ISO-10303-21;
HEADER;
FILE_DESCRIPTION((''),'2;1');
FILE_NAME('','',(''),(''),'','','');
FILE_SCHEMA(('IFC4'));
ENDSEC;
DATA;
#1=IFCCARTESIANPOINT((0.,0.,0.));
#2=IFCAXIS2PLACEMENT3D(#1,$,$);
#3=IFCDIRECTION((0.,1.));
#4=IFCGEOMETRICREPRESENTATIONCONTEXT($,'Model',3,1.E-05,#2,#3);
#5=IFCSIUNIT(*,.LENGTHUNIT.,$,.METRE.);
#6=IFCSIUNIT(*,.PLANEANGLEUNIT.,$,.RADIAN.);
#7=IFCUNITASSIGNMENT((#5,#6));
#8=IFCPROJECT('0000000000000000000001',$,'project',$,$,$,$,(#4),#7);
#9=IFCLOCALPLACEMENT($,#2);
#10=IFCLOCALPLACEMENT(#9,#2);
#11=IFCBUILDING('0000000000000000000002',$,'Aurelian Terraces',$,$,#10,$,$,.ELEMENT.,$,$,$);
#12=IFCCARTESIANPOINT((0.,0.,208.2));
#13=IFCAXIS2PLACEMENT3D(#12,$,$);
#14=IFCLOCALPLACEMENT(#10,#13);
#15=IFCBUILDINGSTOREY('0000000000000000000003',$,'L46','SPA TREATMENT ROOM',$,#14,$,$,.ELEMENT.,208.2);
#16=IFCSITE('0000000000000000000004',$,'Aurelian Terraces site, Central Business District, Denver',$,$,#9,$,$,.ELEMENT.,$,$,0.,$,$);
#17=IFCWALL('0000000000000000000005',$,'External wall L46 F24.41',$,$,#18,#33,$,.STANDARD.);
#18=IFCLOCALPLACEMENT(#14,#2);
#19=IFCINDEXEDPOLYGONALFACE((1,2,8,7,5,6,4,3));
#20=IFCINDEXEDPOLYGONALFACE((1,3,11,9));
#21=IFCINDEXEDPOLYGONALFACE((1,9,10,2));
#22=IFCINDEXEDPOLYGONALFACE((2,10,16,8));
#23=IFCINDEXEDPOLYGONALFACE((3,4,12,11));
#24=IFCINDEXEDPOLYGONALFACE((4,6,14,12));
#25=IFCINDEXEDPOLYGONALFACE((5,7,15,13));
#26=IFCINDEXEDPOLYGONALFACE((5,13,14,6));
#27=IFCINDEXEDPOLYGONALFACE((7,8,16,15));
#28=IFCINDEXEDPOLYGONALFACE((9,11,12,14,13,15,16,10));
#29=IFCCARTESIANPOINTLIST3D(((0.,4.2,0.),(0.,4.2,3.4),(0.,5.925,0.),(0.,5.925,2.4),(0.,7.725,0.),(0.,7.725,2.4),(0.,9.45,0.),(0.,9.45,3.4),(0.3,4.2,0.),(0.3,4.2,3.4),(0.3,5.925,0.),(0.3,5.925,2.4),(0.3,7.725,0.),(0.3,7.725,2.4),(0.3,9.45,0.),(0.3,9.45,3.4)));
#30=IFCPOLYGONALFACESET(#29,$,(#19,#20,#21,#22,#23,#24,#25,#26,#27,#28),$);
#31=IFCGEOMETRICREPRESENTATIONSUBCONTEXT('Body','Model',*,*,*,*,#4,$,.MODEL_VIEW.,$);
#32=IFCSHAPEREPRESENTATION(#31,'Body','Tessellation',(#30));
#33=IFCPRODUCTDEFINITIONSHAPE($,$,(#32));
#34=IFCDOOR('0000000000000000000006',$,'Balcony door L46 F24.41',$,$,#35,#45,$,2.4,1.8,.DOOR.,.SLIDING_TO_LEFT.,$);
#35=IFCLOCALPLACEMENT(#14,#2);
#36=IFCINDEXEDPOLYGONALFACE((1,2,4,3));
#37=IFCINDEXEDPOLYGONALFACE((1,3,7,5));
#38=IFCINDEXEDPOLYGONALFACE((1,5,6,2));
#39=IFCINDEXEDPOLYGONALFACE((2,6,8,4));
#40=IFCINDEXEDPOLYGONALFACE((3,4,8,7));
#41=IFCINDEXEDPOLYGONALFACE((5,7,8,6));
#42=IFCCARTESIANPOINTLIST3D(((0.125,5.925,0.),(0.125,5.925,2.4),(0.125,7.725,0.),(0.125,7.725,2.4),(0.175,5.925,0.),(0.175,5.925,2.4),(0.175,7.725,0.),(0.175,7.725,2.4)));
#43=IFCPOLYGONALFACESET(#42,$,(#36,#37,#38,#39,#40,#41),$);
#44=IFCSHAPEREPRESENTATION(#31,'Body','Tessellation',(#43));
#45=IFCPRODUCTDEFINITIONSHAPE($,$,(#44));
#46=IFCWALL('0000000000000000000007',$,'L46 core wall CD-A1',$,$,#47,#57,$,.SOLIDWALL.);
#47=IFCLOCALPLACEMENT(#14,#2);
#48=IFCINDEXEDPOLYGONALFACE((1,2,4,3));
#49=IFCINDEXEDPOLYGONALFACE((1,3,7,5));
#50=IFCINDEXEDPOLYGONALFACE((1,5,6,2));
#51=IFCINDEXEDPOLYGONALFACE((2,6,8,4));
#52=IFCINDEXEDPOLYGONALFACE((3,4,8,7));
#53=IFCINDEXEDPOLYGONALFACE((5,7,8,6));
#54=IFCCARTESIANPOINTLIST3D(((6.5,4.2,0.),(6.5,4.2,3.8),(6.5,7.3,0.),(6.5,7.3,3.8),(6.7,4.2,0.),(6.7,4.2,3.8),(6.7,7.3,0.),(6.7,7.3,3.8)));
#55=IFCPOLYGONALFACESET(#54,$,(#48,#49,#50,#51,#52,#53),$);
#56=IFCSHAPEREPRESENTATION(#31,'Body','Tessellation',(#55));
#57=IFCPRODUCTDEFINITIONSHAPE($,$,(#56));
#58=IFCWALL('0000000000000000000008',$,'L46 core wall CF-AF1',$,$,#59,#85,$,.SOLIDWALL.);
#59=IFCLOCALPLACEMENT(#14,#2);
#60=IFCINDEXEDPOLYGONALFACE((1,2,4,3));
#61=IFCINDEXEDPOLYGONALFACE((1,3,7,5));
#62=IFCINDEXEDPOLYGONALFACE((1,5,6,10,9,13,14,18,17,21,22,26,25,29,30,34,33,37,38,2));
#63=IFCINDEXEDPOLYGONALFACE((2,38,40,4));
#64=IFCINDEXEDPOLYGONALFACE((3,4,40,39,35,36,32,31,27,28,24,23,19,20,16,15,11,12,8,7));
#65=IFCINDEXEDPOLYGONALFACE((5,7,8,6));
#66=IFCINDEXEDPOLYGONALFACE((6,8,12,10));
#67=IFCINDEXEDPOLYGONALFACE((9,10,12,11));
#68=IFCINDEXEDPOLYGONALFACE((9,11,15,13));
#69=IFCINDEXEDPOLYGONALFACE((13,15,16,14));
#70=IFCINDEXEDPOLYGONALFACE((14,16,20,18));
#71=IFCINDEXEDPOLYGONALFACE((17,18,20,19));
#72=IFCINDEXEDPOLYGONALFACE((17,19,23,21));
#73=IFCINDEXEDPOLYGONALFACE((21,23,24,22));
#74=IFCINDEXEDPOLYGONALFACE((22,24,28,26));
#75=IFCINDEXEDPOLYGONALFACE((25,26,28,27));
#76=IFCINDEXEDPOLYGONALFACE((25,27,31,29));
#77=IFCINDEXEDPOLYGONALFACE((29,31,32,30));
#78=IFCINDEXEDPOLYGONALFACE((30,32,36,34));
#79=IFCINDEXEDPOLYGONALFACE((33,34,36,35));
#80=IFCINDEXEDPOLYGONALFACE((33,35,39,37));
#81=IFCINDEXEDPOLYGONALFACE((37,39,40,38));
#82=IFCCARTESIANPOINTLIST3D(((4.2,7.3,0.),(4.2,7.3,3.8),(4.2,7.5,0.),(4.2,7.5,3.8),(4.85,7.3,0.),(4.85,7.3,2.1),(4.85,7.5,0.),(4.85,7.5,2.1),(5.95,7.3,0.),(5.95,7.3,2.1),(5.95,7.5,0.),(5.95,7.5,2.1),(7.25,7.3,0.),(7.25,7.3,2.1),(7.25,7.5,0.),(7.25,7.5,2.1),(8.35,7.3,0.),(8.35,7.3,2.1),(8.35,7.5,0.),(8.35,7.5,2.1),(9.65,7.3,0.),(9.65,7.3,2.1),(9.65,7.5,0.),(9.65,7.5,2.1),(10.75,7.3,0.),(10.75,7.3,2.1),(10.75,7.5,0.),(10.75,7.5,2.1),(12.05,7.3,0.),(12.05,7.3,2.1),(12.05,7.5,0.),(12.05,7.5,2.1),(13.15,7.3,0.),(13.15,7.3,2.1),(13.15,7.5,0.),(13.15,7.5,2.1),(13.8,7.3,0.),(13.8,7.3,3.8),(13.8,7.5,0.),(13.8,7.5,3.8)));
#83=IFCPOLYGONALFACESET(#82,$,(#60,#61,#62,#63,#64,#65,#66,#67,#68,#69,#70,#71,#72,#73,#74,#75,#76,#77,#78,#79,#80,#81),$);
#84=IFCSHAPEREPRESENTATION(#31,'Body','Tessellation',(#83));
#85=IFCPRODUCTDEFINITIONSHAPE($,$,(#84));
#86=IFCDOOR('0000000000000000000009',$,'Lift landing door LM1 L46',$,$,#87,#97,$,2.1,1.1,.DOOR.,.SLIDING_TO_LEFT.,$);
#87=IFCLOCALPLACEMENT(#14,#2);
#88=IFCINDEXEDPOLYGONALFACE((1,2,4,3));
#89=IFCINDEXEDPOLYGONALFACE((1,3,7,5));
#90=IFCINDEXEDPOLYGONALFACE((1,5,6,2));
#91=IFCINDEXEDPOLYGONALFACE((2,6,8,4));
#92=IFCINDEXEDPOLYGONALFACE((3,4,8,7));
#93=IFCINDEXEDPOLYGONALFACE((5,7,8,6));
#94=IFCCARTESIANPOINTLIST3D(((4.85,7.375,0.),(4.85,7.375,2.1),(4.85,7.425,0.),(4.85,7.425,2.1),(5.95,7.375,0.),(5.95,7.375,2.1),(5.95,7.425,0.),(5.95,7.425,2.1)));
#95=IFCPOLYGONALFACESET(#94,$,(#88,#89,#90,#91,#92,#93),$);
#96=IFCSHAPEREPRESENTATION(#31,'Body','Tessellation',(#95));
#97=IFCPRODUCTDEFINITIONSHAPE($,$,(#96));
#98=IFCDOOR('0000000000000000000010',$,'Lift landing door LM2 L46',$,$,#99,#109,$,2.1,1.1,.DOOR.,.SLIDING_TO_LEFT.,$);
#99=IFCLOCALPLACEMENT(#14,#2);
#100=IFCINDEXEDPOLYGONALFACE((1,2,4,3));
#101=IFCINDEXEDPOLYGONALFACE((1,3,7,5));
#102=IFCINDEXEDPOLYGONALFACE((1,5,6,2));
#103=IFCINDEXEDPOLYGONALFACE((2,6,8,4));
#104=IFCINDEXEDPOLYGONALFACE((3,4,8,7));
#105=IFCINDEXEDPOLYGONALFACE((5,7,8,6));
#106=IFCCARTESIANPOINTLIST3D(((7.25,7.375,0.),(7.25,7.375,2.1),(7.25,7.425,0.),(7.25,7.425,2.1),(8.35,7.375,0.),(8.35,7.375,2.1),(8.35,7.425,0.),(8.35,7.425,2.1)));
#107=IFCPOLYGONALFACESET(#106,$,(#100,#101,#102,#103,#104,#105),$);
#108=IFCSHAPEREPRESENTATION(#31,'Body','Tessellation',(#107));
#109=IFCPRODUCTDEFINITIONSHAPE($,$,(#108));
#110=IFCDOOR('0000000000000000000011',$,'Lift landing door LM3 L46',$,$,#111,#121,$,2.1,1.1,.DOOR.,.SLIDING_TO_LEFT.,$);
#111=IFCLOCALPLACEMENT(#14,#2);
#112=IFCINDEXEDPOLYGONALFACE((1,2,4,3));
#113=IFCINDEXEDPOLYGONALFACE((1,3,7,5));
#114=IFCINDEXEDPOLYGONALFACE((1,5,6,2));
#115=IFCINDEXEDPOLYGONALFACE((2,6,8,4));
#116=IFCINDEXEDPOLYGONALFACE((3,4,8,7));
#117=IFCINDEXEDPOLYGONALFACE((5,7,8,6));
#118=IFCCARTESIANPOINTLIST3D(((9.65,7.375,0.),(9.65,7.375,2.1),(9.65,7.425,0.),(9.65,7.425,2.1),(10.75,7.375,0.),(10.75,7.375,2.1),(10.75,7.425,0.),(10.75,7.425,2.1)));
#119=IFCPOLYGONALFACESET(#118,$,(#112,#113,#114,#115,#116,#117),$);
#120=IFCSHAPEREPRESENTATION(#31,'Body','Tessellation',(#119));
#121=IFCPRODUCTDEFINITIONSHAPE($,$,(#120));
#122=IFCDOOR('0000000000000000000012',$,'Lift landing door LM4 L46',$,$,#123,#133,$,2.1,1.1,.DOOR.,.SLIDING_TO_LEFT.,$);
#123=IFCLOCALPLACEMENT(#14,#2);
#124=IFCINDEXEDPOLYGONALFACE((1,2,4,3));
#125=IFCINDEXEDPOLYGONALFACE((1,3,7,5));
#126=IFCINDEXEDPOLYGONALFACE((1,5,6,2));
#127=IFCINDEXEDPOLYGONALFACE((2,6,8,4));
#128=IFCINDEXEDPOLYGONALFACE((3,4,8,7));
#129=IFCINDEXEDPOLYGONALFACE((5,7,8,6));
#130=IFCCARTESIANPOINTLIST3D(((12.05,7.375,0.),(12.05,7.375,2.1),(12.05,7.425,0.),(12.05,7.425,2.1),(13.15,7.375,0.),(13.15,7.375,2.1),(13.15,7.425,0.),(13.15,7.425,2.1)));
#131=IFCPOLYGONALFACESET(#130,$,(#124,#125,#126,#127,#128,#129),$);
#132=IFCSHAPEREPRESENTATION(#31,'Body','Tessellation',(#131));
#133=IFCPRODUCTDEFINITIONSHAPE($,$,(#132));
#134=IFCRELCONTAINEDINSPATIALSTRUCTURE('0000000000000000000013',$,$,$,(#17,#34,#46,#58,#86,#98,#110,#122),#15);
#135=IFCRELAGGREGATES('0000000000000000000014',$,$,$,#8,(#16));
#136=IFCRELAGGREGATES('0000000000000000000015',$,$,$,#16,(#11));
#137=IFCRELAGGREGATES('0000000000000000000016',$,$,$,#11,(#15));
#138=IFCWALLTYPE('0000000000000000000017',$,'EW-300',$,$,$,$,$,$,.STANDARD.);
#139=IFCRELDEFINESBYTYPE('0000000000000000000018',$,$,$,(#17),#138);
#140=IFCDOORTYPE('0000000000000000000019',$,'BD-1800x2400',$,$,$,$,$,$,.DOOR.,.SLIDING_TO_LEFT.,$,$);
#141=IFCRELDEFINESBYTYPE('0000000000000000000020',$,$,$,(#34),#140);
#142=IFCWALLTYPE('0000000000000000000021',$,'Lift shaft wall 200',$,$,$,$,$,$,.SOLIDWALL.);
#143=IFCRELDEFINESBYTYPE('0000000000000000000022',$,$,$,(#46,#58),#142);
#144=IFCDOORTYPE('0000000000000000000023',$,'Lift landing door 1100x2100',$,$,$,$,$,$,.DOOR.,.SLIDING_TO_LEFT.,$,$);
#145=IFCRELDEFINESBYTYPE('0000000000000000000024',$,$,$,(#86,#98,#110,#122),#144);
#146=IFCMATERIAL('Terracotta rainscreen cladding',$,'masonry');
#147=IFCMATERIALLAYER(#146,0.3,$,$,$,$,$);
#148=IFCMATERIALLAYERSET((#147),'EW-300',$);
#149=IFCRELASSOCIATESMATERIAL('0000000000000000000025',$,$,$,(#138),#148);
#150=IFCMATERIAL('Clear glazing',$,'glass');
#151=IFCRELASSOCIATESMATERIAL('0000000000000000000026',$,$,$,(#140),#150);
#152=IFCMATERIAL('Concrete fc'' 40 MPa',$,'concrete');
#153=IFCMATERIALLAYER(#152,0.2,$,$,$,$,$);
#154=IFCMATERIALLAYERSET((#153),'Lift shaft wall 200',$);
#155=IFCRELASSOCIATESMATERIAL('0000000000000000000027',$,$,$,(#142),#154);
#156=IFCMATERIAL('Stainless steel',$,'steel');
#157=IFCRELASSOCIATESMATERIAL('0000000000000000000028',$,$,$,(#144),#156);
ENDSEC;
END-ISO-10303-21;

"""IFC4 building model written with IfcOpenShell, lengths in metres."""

from ifc_helpers import new_model, si_unit, direction, frame, frame_2d, origin, place, context, subcontext, project, spatial, rectangle, extrude, source, transform, mapped, material, layer, layer_set, type_object, element, fill, save


model = new_model("IFC4")

# Units and contexts
model_context = context("Model", 3, precision=1e-05, world=origin(), true_north=direction((0.0, 1.0)))
body_context = subcontext(model_context, "Body", "Model", "MODEL_VIEW")
ifc_project = project(units=[si_unit("LENGTHUNIT", "METRE"), si_unit("PLANEANGLEUNIT", "RADIAN")], contexts=[model_context])

# Site, building, storey
site_placement = place(None, origin())
site = spatial("IfcSite", under=ifc_project, at=site_placement, Name="Aurelian Terraces site, Central Business District, Denver", CompositionType="ELEMENT", RefElevation=0.0)
building_placement = place(site_placement, origin())
building = spatial("IfcBuilding", under=site, at=building_placement, Name="Aurelian Terraces", CompositionType="ELEMENT")
storey_placement = place(building_placement, frame((0.0, 0.0, 208.2)))
storey = spatial("IfcBuildingStorey", under=building, at=storey_placement, Name="L46", Description="SPA TREATMENT ROOM", CompositionType="ELEMENT", Elevation=208.2)

# Shared definitions
ifc_material_1 = material(Name="Terracotta rainscreen cladding", Category="masonry")
ifc_layer_1 = layer(ifc_material_1, 0.3)
ifc_layer_set_1 = layer_set([ifc_layer_1], Name="EW-300")
wall_type_1 = type_object("IfcWallType", Name="EW-300", PredefinedType="STANDARD", material=ifc_layer_set_1)
ifc_material_2 = material(Name="Clear glazing", Category="glass")

# Wall, opening, door
shared_shape_1 = source(origin(), body_context, "Body", "SweptSolid", [
    extrude(rectangle(XDim=5.25, YDim=0.3, at=frame_2d((2.625, 0.0))), origin(), (0.0, 0.0, 1.0), 3.4),
])
wall_1_placement = place(storey_placement, frame((0.15, 9.45, 0.0), z_axis=(0.0, 0.0, 1.0), x_axis=(0.0, -1.0, 0.0)))
wall_1 = element("IfcWall", 1, at=wall_1_placement, inside=storey, type_object=wall_type_1, Name="External wall L46 F24.41", PredefinedType="STANDARD", context=body_context, shape_type="MappedRepresentation", body=[
    mapped(shared_shape_1, transform((0.0, 0.0, 0.0), scale=1.0)),
])
shared_shape_2 = source(origin(), body_context, "Body", "SweptSolid", [
    extrude(rectangle(XDim=1.8, YDim=2.4, at=frame_2d((0.9, 1.2))), frame((0.0, 0.16, 0.0), z_axis=(0.0, -1.0, 0.0), x_axis=(1.0, 0.0, 0.0)), (0.0, 0.0, 1.0), 0.32),
])
opening_1_placement = place(wall_1_placement, frame((1.725, 0.0, 0.0)))
opening_1 = element("IfcOpeningElement", 2, at=opening_1_placement, cuts=wall_1, PredefinedType="OPENING", context=body_context, shape_type="MappedRepresentation", body=[
    mapped(shared_shape_2, transform((0.0, 0.0, 0.0), scale=1.0)),
])
door_type_1 = type_object("IfcDoorType", Name="BD-1800x2400", OperationType="SLIDING_TO_LEFT", PredefinedType="DOOR", material=ifc_material_2)
shared_shape_3 = source(origin(), body_context, "Body", "SweptSolid", [
    extrude(rectangle(XDim=1.8, YDim=2.4, at=frame_2d((0.9, 1.2))), frame((0.0, 0.025, 0.0), z_axis=(0.0, -1.0, 0.0), x_axis=(1.0, 0.0, 0.0)), (0.0, 0.0, 1.0), 0.05),
])
door_1_placement = place(opening_1_placement, origin())
door_1 = element("IfcDoor", 3, at=door_1_placement, inside=storey, type_object=door_type_1, Name="Balcony door L46 F24.41", OperationType="SLIDING_TO_LEFT", OverallHeight=2.4, OverallWidth=1.8, PredefinedType="DOOR", context=body_context, shape_type="MappedRepresentation", body=[
    mapped(shared_shape_3, transform((0.0, 0.0, 0.0), scale=1.0)),
])
fill(opening_1, door_1)

# Wall
ifc_material_3 = material(Name="Concrete fc' 40 MPa", Category="concrete")
ifc_layer_2 = layer(ifc_material_3, 0.2)
ifc_layer_set_2 = layer_set([ifc_layer_2], Name="Lift shaft wall 200")
wall_type_2 = type_object("IfcWallType", Name="Lift shaft wall 200", PredefinedType="SOLIDWALL", material=ifc_layer_set_2)
shared_shape_4 = source(origin(), body_context, "Body", "SweptSolid", [
    extrude(rectangle(XDim=3.1, YDim=0.2, at=frame_2d((1.55, 0.0))), origin(), (0.0, 0.0, 1.0), 3.8),
])
wall_2_placement = place(storey_placement, frame((6.6, 4.2, 0.0), z_axis=(0.0, 0.0, 1.0), x_axis=(0.0, 1.0, 0.0)))
element("IfcWall", 4, at=wall_2_placement, inside=storey, type_object=wall_type_2, Name="L46 core wall CD-A1", PredefinedType="SOLIDWALL", context=body_context, shape_type="MappedRepresentation", body=[
    mapped(shared_shape_4, transform((0.0, 0.0, 0.0), scale=1.0)),
])

# Wall, openings, doors
shared_shape_5 = source(origin(), body_context, "Body", "SweptSolid", [
    extrude(rectangle(XDim=9.6, YDim=0.2, at=frame_2d((4.8, 0.0))), origin(), (0.0, 0.0, 1.0), 3.8),
])
wall_3_placement = place(storey_placement, frame((4.2, 7.4, 0.0), z_axis=(0.0, 0.0, 1.0), x_axis=(1.0, 0.0, 0.0)))
wall_3 = element("IfcWall", 5, at=wall_3_placement, inside=storey, type_object=wall_type_2, Name="L46 core wall CF-AF1", PredefinedType="SOLIDWALL", context=body_context, shape_type="MappedRepresentation", body=[
    mapped(shared_shape_5, transform((0.0, 0.0, 0.0), scale=1.0)),
])
shared_shape_6 = source(origin(), body_context, "Body", "SweptSolid", [
    extrude(rectangle(XDim=1.1, YDim=2.1, at=frame_2d((0.55, 1.05))), frame((0.0, 0.11, 0.0), z_axis=(0.0, -1.0, 0.0), x_axis=(1.0, 0.0, 0.0)), (0.0, 0.0, 1.0), 0.22),
])
opening_2_placement = place(wall_3_placement, frame((0.65, 0.0, 0.0)))
opening_2 = element("IfcOpeningElement", 6, at=opening_2_placement, cuts=wall_3, PredefinedType="OPENING", context=body_context, shape_type="MappedRepresentation", body=[
    mapped(shared_shape_6, transform((0.0, 0.0, 0.0), scale=1.0)),
])
opening_3_placement = place(wall_3_placement, frame((3.05, 0.0, 0.0)))
opening_3 = element("IfcOpeningElement", 7, at=opening_3_placement, cuts=wall_3, PredefinedType="OPENING", context=body_context, shape_type="MappedRepresentation", body=[
    mapped(shared_shape_6, transform((0.0, 0.0, 0.0), scale=1.0)),
])
opening_4_placement = place(wall_3_placement, frame((5.45, 0.0, 0.0)))
opening_4 = element("IfcOpeningElement", 8, at=opening_4_placement, cuts=wall_3, PredefinedType="OPENING", context=body_context, shape_type="MappedRepresentation", body=[
    mapped(shared_shape_6, transform((0.0, 0.0, 0.0), scale=1.0)),
])
opening_5_placement = place(wall_3_placement, frame((7.85, 0.0, 0.0)))
opening_5 = element("IfcOpeningElement", 9, at=opening_5_placement, cuts=wall_3, PredefinedType="OPENING", context=body_context, shape_type="MappedRepresentation", body=[
    mapped(shared_shape_6, transform((0.0, 0.0, 0.0), scale=1.0)),
])
ifc_material_4 = material(Name="Stainless steel", Category="steel")
door_type_2 = type_object("IfcDoorType", Name="Lift landing door 1100x2100", OperationType="SLIDING_TO_LEFT", PredefinedType="DOOR", material=ifc_material_4)
shared_shape_7 = source(origin(), body_context, "Body", "SweptSolid", [
    extrude(rectangle(XDim=1.1, YDim=2.1, at=frame_2d((0.55, 1.05))), frame((0.0, 0.025, 0.0), z_axis=(0.0, -1.0, 0.0), x_axis=(1.0, 0.0, 0.0)), (0.0, 0.0, 1.0), 0.05),
])
door_2_placement = place(opening_2_placement, origin())
door_2 = element("IfcDoor", 10, at=door_2_placement, inside=storey, type_object=door_type_2, Name="Lift landing door LM1 L46", OperationType="SLIDING_TO_LEFT", OverallHeight=2.1, OverallWidth=1.1, PredefinedType="DOOR", context=body_context, shape_type="MappedRepresentation", body=[
    mapped(shared_shape_7, transform((0.0, 0.0, 0.0), scale=1.0)),
])
fill(opening_2, door_2)
door_3_placement = place(opening_3_placement, origin())
door_3 = element("IfcDoor", 11, at=door_3_placement, inside=storey, type_object=door_type_2, Name="Lift landing door LM2 L46", OperationType="SLIDING_TO_LEFT", OverallHeight=2.1, OverallWidth=1.1, PredefinedType="DOOR", context=body_context, shape_type="MappedRepresentation", body=[
    mapped(shared_shape_7, transform((0.0, 0.0, 0.0), scale=1.0)),
])
fill(opening_3, door_3)
door_4_placement = place(opening_4_placement, origin())
door_4 = element("IfcDoor", 12, at=door_4_placement, inside=storey, type_object=door_type_2, Name="Lift landing door LM3 L46", OperationType="SLIDING_TO_LEFT", OverallHeight=2.1, OverallWidth=1.1, PredefinedType="DOOR", context=body_context, shape_type="MappedRepresentation", body=[
    mapped(shared_shape_7, transform((0.0, 0.0, 0.0), scale=1.0)),
])
fill(opening_4, door_4)
door_5_placement = place(opening_5_placement, origin())
door_5 = element("IfcDoor", 13, at=door_5_placement, inside=storey, type_object=door_type_2, Name="Lift landing door LM4 L46", OperationType="SLIDING_TO_LEFT", OverallHeight=2.1, OverallWidth=1.1, PredefinedType="DOOR", context=body_context, shape_type="MappedRepresentation", body=[
    mapped(shared_shape_7, transform((0.0, 0.0, 0.0), scale=1.0)),
])
fill(opening_5, door_5)

save(model, "model.ifc")
